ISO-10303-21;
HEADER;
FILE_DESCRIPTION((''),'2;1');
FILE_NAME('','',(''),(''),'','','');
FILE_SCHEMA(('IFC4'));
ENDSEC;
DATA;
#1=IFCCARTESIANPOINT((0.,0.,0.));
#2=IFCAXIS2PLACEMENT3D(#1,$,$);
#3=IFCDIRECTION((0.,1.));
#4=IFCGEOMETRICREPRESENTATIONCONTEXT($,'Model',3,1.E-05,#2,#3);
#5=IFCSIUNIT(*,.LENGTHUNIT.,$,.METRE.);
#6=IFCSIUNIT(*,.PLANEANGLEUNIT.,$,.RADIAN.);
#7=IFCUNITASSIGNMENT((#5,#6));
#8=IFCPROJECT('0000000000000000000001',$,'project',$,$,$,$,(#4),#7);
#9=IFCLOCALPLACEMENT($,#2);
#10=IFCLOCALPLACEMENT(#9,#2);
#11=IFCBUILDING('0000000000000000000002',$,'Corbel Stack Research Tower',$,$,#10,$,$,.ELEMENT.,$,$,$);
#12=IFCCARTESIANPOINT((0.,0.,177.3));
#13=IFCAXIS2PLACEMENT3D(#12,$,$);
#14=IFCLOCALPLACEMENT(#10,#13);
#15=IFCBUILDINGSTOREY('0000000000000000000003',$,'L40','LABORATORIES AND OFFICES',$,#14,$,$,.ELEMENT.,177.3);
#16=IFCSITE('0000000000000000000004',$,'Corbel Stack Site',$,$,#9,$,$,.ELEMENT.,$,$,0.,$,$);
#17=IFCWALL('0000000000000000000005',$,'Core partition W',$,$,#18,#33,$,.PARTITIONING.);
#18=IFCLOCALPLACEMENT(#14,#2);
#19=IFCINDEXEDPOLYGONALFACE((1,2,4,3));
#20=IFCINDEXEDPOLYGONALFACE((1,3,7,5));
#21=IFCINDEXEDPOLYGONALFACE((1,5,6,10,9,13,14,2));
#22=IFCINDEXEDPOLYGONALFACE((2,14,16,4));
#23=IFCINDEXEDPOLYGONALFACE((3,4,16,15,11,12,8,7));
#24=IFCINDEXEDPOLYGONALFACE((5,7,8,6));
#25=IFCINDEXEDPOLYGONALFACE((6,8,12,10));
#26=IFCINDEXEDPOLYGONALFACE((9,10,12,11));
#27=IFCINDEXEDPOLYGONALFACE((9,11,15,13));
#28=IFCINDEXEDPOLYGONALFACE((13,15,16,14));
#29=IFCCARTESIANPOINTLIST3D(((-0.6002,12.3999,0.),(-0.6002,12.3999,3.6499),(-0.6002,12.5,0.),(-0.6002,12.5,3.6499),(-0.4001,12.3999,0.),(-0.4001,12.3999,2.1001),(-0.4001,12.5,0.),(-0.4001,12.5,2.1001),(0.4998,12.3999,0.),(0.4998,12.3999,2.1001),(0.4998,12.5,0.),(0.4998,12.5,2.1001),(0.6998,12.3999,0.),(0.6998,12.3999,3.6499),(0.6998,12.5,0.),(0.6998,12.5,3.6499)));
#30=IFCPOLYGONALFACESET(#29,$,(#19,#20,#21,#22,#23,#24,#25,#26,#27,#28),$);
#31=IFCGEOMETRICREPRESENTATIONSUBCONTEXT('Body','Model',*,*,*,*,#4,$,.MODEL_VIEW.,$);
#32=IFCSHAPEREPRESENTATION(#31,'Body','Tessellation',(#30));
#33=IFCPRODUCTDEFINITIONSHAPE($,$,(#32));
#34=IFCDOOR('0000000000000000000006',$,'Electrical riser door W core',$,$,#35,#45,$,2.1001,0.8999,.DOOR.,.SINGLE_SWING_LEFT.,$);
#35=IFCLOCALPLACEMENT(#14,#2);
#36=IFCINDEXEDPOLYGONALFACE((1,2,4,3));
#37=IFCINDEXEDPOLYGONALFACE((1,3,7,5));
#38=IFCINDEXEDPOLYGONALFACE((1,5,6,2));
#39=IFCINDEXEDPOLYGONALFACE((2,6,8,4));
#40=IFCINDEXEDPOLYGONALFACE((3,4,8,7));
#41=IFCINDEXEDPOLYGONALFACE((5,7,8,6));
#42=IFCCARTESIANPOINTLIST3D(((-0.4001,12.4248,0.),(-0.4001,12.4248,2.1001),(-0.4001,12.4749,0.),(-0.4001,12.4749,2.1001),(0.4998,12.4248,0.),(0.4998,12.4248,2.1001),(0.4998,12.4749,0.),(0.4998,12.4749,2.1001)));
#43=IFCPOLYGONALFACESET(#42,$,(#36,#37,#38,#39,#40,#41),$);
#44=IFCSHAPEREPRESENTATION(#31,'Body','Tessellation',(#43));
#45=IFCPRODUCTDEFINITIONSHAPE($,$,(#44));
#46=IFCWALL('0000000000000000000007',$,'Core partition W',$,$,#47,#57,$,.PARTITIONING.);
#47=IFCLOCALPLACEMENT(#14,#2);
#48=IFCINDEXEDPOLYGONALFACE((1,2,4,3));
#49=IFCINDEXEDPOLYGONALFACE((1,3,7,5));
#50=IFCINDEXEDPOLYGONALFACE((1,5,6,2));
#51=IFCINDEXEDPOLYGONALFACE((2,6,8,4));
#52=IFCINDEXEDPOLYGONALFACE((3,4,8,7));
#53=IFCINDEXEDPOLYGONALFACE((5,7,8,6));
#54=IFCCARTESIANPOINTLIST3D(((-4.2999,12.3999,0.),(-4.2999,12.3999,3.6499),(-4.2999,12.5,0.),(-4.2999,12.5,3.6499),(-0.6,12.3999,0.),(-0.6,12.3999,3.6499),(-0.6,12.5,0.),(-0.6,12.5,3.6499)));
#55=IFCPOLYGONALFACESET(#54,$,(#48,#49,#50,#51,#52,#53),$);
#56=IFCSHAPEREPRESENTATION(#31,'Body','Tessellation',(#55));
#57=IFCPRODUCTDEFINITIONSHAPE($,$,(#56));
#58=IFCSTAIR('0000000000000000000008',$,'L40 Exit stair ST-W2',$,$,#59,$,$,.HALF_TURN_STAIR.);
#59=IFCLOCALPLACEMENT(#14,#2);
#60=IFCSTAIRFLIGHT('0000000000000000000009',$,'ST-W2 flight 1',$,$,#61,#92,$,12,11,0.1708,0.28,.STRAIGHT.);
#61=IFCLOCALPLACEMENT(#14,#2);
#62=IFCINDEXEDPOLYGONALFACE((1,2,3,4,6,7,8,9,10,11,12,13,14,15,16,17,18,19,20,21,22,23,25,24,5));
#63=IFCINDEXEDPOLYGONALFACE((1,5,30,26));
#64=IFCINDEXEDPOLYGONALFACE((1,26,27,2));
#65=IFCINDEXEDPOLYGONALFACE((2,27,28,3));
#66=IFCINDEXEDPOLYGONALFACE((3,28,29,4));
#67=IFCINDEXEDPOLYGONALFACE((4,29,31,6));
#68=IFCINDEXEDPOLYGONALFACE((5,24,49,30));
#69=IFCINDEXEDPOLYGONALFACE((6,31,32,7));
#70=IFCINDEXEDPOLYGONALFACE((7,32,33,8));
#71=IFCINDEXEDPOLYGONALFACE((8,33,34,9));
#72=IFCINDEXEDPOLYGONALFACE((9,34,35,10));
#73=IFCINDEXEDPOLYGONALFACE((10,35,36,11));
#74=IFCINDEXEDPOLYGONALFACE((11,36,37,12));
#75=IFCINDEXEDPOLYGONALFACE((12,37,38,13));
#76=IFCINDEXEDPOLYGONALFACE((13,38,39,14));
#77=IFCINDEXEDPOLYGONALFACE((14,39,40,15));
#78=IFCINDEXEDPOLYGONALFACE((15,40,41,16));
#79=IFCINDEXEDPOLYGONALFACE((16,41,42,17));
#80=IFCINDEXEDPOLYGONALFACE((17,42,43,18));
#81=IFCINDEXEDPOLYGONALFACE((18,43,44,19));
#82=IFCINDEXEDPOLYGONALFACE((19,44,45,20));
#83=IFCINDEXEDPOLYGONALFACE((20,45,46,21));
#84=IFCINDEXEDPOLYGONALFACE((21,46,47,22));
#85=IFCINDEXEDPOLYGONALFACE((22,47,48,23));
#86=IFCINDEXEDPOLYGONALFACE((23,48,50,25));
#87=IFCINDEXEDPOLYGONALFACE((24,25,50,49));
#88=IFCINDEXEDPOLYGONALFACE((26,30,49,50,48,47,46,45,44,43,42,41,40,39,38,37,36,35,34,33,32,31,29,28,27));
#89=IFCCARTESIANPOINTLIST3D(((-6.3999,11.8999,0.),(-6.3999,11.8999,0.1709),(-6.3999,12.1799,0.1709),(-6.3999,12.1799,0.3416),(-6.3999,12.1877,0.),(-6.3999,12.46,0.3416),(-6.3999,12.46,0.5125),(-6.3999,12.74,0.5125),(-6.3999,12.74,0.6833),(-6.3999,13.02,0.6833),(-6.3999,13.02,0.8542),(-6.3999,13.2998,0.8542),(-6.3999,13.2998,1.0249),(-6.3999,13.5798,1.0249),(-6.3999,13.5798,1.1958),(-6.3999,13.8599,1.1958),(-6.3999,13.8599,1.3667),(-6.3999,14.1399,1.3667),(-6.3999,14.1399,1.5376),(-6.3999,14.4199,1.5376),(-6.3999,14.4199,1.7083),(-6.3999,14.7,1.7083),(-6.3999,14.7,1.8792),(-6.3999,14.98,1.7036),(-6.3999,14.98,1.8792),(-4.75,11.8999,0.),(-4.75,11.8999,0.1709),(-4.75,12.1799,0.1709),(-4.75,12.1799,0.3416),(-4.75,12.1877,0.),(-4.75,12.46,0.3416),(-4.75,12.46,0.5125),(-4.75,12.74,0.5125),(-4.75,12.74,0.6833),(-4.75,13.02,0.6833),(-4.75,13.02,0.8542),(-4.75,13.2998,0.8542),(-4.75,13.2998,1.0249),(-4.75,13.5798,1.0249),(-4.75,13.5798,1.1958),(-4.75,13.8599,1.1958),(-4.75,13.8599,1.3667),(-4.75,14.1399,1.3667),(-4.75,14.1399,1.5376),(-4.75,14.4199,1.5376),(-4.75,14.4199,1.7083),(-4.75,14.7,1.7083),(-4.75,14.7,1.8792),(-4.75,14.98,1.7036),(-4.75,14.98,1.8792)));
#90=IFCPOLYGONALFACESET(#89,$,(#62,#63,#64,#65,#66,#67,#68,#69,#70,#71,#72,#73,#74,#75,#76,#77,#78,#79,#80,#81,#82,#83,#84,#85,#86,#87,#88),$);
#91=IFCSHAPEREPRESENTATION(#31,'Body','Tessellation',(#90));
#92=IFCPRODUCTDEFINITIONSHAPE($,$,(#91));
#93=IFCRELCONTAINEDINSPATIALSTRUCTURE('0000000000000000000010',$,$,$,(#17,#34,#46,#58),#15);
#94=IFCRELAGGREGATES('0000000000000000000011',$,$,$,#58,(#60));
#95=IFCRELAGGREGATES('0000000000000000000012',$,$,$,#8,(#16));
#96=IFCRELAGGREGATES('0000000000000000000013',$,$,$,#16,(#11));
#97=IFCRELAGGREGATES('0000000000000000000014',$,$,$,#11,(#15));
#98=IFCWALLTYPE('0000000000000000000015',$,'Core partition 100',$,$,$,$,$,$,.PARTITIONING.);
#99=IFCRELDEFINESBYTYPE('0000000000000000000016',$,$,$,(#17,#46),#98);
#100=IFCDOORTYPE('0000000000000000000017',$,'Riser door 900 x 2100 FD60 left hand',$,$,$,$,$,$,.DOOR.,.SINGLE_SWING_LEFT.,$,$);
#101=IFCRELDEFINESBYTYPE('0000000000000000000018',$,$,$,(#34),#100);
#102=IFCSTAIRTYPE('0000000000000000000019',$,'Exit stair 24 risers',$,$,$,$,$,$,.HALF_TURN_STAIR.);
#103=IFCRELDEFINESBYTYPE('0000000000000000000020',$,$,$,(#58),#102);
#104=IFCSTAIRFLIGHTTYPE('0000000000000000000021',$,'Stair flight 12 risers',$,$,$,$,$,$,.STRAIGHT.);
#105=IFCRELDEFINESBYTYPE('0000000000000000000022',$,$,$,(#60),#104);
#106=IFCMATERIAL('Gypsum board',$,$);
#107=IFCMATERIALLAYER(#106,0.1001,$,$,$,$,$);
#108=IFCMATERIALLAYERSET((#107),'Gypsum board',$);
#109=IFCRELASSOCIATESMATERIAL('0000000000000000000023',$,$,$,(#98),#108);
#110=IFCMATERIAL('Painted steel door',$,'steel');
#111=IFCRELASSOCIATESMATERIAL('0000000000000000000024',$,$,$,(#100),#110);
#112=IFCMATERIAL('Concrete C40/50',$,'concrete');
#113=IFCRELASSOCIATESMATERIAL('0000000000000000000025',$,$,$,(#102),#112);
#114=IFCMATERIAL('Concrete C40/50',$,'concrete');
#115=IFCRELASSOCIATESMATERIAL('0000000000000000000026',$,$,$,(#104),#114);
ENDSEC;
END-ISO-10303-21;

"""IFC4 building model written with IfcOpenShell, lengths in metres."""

from ifc_helpers import new_model, si_unit, direction, frame, frame_2d, origin, place, context, subcontext, project, spatial, polyline, rectangle, outline, extrude, material, layer, layer_set, type_object, element, fill, aggregate, save


model = new_model("IFC4")

# Units and contexts
model_context = context("Model", 3, precision=1e-05, world=origin(), true_north=direction((0.0, 1.0)))
body_context = subcontext(model_context, "Body", "Model", "MODEL_VIEW")
ifc_project = project(units=[si_unit("LENGTHUNIT", "METRE"), si_unit("PLANEANGLEUNIT", "RADIAN")], contexts=[model_context])

# Site, building, storey
site_placement = place(None, origin())
site = spatial("IfcSite", under=ifc_project, at=site_placement, Name="Corbel Stack Site", CompositionType="ELEMENT", RefElevation=0.0)
building_placement = place(site_placement, origin())
building = spatial("IfcBuilding", under=site, at=building_placement, Name="Corbel Stack Research Tower", CompositionType="ELEMENT")
storey_placement = place(building_placement, frame((0.0, 0.0, 177.3)))
storey = spatial("IfcBuildingStorey", under=building, at=storey_placement, Name="L40", Description="LABORATORIES AND OFFICES", CompositionType="ELEMENT", Elevation=177.3)

# Wall, opening, door
ifc_material_1 = material(Name="Gypsum board")
ifc_layer_1 = layer(ifc_material_1, 0.1001)
ifc_layer_set_1 = layer_set([ifc_layer_1], Name="Gypsum board")
wall_type_1 = type_object("IfcWallType", Name="Core partition 100", PredefinedType="PARTITIONING", material=ifc_layer_set_1)
wall_1_placement = place(storey_placement, frame((-0.6001, 12.45, 0.0), z_axis=(0.0, 0.0, 1.0), x_axis=(1.0, 0.0, 0.0)))
wall_1 = element("IfcWall", 1, at=wall_1_placement, inside=storey, type_object=wall_type_1, Name="Core partition W", PredefinedType="PARTITIONING", context=body_context, shape_type="SweptSolid", body=[
    extrude(rectangle(XDim=1.3, YDim=0.1001, at=frame_2d((0.6499, 0.0))), origin(), (0.0, 0.0, 1.0), 3.6499),
])
opening_1_placement = place(wall_1_placement, frame((0.2, 0.0, 0.0)))
opening_1 = element("IfcOpeningElement", 2, at=opening_1_placement, cuts=wall_1, PredefinedType="OPENING", context=body_context, shape_type="SweptSolid", body=[
    extrude(rectangle(XDim=0.8999, YDim=2.1001, at=frame_2d((0.45, 1.05))), frame((0.0, 0.0601, 0.0), z_axis=(0.0, -1.0, 0.0), x_axis=(1.0, 0.0, 0.0)), (0.0, 0.0, 1.0), 0.1201),
])
ifc_material_2 = material(Name="Painted steel door", Category="steel")
door_type_1 = type_object("IfcDoorType", Name="Riser door 900 x 2100 FD60 left hand", OperationType="SINGLE_SWING_LEFT", PredefinedType="DOOR", material=ifc_material_2)
door_1_placement = place(opening_1_placement, origin())
door_1 = element("IfcDoor", 3, at=door_1_placement, inside=storey, type_object=door_type_1, Name="Electrical riser door W core", OperationType="SINGLE_SWING_LEFT", OverallHeight=2.1001, OverallWidth=0.8999, PredefinedType="DOOR", context=body_context, shape_type="SweptSolid", body=[
    extrude(rectangle(XDim=0.8999, YDim=2.1001, at=frame_2d((0.45, 1.05))), frame((0.0, 0.0249, 0.0), z_axis=(0.0, -1.0, 0.0), x_axis=(1.0, 0.0, 0.0)), (0.0, 0.0, 1.0), 0.05),
])
fill(opening_1, door_1)

# Wall
wall_2_placement = place(storey_placement, frame((-4.3, 12.45, 0.0), z_axis=(0.0, 0.0, 1.0), x_axis=(1.0, 0.0, 0.0)))
element("IfcWall", 4, at=wall_2_placement, inside=storey, type_object=wall_type_1, Name="Core partition W", PredefinedType="PARTITIONING", context=body_context, shape_type="SweptSolid", body=[
    extrude(rectangle(XDim=3.7, YDim=0.1001, at=frame_2d((1.8501, 0.0))), origin(), (0.0, 0.0, 1.0), 3.6499),
])

# Stair, stair flight
ifc_material_3 = material(Name="Concrete C40/50", Category="concrete")
stair_type = type_object("IfcStairType", Name="Exit stair 24 risers", PredefinedType="HALF_TURN_STAIR", material=ifc_material_3)
stair_placement = place(storey_placement, origin())
stair = element("IfcStair", 5, at=stair_placement, inside=storey, type_object=stair_type, Name="L40 Exit stair ST-W2", PredefinedType="HALF_TURN_STAIR")
ifc_material_4 = material(Name="Concrete C40/50", Category="concrete")
stair_flight_type = type_object("IfcStairFlightType", Name="Stair flight 12 risers", PredefinedType="STRAIGHT", material=ifc_material_4)
stair_flight_placement = place(storey_placement, frame((-5.575, 11.8999, 0.0), z_axis=(0.0, 0.0, 1.0), x_axis=(0.0, 1.0, 0.0)))
stair_flight = element("IfcStairFlight", 6, at=stair_flight_placement, type_object=stair_flight_type, Name="ST-W2 flight 1", NumberOfRisers=12, NumberOfTreads=11, PredefinedType="STRAIGHT", RiserHeight=0.1708, TreadLength=0.28, context=body_context, shape_type="SweptSolid", body=[
    extrude(outline(polyline([(0.0, 0.0), (0.0, 0.1709), (0.28, 0.1709), (0.28, 0.3416), (0.5601, 0.3416), (0.5601, 0.5125), (0.8401, 0.5125), (0.8401, 0.6833), (1.1201, 0.6833), (1.1201, 0.8542), (1.3999, 0.8542), (1.3999, 1.0249), (1.6799, 1.0249), (1.6799, 1.1958), (1.96, 1.1958), (1.96, 1.3667), (2.24, 1.3667), (2.24, 1.5376), (2.52, 1.5376), (2.52, 1.7083), (2.8, 1.7083), (2.8, 1.8792), (3.0801, 1.8792), (3.0801, 2.05), (3.0801, 1.7036), (0.2878, 0.0), (0.0, 0.0)])), frame((0.0, 0.825, 0.0), z_axis=(0.0, -1.0, 0.0), x_axis=(1.0, 0.0, 0.0)), (0.0, 0.0, 1.0), 1.6499),
])
aggregate(stair, [stair_flight])

save(model, "model.ifc")
